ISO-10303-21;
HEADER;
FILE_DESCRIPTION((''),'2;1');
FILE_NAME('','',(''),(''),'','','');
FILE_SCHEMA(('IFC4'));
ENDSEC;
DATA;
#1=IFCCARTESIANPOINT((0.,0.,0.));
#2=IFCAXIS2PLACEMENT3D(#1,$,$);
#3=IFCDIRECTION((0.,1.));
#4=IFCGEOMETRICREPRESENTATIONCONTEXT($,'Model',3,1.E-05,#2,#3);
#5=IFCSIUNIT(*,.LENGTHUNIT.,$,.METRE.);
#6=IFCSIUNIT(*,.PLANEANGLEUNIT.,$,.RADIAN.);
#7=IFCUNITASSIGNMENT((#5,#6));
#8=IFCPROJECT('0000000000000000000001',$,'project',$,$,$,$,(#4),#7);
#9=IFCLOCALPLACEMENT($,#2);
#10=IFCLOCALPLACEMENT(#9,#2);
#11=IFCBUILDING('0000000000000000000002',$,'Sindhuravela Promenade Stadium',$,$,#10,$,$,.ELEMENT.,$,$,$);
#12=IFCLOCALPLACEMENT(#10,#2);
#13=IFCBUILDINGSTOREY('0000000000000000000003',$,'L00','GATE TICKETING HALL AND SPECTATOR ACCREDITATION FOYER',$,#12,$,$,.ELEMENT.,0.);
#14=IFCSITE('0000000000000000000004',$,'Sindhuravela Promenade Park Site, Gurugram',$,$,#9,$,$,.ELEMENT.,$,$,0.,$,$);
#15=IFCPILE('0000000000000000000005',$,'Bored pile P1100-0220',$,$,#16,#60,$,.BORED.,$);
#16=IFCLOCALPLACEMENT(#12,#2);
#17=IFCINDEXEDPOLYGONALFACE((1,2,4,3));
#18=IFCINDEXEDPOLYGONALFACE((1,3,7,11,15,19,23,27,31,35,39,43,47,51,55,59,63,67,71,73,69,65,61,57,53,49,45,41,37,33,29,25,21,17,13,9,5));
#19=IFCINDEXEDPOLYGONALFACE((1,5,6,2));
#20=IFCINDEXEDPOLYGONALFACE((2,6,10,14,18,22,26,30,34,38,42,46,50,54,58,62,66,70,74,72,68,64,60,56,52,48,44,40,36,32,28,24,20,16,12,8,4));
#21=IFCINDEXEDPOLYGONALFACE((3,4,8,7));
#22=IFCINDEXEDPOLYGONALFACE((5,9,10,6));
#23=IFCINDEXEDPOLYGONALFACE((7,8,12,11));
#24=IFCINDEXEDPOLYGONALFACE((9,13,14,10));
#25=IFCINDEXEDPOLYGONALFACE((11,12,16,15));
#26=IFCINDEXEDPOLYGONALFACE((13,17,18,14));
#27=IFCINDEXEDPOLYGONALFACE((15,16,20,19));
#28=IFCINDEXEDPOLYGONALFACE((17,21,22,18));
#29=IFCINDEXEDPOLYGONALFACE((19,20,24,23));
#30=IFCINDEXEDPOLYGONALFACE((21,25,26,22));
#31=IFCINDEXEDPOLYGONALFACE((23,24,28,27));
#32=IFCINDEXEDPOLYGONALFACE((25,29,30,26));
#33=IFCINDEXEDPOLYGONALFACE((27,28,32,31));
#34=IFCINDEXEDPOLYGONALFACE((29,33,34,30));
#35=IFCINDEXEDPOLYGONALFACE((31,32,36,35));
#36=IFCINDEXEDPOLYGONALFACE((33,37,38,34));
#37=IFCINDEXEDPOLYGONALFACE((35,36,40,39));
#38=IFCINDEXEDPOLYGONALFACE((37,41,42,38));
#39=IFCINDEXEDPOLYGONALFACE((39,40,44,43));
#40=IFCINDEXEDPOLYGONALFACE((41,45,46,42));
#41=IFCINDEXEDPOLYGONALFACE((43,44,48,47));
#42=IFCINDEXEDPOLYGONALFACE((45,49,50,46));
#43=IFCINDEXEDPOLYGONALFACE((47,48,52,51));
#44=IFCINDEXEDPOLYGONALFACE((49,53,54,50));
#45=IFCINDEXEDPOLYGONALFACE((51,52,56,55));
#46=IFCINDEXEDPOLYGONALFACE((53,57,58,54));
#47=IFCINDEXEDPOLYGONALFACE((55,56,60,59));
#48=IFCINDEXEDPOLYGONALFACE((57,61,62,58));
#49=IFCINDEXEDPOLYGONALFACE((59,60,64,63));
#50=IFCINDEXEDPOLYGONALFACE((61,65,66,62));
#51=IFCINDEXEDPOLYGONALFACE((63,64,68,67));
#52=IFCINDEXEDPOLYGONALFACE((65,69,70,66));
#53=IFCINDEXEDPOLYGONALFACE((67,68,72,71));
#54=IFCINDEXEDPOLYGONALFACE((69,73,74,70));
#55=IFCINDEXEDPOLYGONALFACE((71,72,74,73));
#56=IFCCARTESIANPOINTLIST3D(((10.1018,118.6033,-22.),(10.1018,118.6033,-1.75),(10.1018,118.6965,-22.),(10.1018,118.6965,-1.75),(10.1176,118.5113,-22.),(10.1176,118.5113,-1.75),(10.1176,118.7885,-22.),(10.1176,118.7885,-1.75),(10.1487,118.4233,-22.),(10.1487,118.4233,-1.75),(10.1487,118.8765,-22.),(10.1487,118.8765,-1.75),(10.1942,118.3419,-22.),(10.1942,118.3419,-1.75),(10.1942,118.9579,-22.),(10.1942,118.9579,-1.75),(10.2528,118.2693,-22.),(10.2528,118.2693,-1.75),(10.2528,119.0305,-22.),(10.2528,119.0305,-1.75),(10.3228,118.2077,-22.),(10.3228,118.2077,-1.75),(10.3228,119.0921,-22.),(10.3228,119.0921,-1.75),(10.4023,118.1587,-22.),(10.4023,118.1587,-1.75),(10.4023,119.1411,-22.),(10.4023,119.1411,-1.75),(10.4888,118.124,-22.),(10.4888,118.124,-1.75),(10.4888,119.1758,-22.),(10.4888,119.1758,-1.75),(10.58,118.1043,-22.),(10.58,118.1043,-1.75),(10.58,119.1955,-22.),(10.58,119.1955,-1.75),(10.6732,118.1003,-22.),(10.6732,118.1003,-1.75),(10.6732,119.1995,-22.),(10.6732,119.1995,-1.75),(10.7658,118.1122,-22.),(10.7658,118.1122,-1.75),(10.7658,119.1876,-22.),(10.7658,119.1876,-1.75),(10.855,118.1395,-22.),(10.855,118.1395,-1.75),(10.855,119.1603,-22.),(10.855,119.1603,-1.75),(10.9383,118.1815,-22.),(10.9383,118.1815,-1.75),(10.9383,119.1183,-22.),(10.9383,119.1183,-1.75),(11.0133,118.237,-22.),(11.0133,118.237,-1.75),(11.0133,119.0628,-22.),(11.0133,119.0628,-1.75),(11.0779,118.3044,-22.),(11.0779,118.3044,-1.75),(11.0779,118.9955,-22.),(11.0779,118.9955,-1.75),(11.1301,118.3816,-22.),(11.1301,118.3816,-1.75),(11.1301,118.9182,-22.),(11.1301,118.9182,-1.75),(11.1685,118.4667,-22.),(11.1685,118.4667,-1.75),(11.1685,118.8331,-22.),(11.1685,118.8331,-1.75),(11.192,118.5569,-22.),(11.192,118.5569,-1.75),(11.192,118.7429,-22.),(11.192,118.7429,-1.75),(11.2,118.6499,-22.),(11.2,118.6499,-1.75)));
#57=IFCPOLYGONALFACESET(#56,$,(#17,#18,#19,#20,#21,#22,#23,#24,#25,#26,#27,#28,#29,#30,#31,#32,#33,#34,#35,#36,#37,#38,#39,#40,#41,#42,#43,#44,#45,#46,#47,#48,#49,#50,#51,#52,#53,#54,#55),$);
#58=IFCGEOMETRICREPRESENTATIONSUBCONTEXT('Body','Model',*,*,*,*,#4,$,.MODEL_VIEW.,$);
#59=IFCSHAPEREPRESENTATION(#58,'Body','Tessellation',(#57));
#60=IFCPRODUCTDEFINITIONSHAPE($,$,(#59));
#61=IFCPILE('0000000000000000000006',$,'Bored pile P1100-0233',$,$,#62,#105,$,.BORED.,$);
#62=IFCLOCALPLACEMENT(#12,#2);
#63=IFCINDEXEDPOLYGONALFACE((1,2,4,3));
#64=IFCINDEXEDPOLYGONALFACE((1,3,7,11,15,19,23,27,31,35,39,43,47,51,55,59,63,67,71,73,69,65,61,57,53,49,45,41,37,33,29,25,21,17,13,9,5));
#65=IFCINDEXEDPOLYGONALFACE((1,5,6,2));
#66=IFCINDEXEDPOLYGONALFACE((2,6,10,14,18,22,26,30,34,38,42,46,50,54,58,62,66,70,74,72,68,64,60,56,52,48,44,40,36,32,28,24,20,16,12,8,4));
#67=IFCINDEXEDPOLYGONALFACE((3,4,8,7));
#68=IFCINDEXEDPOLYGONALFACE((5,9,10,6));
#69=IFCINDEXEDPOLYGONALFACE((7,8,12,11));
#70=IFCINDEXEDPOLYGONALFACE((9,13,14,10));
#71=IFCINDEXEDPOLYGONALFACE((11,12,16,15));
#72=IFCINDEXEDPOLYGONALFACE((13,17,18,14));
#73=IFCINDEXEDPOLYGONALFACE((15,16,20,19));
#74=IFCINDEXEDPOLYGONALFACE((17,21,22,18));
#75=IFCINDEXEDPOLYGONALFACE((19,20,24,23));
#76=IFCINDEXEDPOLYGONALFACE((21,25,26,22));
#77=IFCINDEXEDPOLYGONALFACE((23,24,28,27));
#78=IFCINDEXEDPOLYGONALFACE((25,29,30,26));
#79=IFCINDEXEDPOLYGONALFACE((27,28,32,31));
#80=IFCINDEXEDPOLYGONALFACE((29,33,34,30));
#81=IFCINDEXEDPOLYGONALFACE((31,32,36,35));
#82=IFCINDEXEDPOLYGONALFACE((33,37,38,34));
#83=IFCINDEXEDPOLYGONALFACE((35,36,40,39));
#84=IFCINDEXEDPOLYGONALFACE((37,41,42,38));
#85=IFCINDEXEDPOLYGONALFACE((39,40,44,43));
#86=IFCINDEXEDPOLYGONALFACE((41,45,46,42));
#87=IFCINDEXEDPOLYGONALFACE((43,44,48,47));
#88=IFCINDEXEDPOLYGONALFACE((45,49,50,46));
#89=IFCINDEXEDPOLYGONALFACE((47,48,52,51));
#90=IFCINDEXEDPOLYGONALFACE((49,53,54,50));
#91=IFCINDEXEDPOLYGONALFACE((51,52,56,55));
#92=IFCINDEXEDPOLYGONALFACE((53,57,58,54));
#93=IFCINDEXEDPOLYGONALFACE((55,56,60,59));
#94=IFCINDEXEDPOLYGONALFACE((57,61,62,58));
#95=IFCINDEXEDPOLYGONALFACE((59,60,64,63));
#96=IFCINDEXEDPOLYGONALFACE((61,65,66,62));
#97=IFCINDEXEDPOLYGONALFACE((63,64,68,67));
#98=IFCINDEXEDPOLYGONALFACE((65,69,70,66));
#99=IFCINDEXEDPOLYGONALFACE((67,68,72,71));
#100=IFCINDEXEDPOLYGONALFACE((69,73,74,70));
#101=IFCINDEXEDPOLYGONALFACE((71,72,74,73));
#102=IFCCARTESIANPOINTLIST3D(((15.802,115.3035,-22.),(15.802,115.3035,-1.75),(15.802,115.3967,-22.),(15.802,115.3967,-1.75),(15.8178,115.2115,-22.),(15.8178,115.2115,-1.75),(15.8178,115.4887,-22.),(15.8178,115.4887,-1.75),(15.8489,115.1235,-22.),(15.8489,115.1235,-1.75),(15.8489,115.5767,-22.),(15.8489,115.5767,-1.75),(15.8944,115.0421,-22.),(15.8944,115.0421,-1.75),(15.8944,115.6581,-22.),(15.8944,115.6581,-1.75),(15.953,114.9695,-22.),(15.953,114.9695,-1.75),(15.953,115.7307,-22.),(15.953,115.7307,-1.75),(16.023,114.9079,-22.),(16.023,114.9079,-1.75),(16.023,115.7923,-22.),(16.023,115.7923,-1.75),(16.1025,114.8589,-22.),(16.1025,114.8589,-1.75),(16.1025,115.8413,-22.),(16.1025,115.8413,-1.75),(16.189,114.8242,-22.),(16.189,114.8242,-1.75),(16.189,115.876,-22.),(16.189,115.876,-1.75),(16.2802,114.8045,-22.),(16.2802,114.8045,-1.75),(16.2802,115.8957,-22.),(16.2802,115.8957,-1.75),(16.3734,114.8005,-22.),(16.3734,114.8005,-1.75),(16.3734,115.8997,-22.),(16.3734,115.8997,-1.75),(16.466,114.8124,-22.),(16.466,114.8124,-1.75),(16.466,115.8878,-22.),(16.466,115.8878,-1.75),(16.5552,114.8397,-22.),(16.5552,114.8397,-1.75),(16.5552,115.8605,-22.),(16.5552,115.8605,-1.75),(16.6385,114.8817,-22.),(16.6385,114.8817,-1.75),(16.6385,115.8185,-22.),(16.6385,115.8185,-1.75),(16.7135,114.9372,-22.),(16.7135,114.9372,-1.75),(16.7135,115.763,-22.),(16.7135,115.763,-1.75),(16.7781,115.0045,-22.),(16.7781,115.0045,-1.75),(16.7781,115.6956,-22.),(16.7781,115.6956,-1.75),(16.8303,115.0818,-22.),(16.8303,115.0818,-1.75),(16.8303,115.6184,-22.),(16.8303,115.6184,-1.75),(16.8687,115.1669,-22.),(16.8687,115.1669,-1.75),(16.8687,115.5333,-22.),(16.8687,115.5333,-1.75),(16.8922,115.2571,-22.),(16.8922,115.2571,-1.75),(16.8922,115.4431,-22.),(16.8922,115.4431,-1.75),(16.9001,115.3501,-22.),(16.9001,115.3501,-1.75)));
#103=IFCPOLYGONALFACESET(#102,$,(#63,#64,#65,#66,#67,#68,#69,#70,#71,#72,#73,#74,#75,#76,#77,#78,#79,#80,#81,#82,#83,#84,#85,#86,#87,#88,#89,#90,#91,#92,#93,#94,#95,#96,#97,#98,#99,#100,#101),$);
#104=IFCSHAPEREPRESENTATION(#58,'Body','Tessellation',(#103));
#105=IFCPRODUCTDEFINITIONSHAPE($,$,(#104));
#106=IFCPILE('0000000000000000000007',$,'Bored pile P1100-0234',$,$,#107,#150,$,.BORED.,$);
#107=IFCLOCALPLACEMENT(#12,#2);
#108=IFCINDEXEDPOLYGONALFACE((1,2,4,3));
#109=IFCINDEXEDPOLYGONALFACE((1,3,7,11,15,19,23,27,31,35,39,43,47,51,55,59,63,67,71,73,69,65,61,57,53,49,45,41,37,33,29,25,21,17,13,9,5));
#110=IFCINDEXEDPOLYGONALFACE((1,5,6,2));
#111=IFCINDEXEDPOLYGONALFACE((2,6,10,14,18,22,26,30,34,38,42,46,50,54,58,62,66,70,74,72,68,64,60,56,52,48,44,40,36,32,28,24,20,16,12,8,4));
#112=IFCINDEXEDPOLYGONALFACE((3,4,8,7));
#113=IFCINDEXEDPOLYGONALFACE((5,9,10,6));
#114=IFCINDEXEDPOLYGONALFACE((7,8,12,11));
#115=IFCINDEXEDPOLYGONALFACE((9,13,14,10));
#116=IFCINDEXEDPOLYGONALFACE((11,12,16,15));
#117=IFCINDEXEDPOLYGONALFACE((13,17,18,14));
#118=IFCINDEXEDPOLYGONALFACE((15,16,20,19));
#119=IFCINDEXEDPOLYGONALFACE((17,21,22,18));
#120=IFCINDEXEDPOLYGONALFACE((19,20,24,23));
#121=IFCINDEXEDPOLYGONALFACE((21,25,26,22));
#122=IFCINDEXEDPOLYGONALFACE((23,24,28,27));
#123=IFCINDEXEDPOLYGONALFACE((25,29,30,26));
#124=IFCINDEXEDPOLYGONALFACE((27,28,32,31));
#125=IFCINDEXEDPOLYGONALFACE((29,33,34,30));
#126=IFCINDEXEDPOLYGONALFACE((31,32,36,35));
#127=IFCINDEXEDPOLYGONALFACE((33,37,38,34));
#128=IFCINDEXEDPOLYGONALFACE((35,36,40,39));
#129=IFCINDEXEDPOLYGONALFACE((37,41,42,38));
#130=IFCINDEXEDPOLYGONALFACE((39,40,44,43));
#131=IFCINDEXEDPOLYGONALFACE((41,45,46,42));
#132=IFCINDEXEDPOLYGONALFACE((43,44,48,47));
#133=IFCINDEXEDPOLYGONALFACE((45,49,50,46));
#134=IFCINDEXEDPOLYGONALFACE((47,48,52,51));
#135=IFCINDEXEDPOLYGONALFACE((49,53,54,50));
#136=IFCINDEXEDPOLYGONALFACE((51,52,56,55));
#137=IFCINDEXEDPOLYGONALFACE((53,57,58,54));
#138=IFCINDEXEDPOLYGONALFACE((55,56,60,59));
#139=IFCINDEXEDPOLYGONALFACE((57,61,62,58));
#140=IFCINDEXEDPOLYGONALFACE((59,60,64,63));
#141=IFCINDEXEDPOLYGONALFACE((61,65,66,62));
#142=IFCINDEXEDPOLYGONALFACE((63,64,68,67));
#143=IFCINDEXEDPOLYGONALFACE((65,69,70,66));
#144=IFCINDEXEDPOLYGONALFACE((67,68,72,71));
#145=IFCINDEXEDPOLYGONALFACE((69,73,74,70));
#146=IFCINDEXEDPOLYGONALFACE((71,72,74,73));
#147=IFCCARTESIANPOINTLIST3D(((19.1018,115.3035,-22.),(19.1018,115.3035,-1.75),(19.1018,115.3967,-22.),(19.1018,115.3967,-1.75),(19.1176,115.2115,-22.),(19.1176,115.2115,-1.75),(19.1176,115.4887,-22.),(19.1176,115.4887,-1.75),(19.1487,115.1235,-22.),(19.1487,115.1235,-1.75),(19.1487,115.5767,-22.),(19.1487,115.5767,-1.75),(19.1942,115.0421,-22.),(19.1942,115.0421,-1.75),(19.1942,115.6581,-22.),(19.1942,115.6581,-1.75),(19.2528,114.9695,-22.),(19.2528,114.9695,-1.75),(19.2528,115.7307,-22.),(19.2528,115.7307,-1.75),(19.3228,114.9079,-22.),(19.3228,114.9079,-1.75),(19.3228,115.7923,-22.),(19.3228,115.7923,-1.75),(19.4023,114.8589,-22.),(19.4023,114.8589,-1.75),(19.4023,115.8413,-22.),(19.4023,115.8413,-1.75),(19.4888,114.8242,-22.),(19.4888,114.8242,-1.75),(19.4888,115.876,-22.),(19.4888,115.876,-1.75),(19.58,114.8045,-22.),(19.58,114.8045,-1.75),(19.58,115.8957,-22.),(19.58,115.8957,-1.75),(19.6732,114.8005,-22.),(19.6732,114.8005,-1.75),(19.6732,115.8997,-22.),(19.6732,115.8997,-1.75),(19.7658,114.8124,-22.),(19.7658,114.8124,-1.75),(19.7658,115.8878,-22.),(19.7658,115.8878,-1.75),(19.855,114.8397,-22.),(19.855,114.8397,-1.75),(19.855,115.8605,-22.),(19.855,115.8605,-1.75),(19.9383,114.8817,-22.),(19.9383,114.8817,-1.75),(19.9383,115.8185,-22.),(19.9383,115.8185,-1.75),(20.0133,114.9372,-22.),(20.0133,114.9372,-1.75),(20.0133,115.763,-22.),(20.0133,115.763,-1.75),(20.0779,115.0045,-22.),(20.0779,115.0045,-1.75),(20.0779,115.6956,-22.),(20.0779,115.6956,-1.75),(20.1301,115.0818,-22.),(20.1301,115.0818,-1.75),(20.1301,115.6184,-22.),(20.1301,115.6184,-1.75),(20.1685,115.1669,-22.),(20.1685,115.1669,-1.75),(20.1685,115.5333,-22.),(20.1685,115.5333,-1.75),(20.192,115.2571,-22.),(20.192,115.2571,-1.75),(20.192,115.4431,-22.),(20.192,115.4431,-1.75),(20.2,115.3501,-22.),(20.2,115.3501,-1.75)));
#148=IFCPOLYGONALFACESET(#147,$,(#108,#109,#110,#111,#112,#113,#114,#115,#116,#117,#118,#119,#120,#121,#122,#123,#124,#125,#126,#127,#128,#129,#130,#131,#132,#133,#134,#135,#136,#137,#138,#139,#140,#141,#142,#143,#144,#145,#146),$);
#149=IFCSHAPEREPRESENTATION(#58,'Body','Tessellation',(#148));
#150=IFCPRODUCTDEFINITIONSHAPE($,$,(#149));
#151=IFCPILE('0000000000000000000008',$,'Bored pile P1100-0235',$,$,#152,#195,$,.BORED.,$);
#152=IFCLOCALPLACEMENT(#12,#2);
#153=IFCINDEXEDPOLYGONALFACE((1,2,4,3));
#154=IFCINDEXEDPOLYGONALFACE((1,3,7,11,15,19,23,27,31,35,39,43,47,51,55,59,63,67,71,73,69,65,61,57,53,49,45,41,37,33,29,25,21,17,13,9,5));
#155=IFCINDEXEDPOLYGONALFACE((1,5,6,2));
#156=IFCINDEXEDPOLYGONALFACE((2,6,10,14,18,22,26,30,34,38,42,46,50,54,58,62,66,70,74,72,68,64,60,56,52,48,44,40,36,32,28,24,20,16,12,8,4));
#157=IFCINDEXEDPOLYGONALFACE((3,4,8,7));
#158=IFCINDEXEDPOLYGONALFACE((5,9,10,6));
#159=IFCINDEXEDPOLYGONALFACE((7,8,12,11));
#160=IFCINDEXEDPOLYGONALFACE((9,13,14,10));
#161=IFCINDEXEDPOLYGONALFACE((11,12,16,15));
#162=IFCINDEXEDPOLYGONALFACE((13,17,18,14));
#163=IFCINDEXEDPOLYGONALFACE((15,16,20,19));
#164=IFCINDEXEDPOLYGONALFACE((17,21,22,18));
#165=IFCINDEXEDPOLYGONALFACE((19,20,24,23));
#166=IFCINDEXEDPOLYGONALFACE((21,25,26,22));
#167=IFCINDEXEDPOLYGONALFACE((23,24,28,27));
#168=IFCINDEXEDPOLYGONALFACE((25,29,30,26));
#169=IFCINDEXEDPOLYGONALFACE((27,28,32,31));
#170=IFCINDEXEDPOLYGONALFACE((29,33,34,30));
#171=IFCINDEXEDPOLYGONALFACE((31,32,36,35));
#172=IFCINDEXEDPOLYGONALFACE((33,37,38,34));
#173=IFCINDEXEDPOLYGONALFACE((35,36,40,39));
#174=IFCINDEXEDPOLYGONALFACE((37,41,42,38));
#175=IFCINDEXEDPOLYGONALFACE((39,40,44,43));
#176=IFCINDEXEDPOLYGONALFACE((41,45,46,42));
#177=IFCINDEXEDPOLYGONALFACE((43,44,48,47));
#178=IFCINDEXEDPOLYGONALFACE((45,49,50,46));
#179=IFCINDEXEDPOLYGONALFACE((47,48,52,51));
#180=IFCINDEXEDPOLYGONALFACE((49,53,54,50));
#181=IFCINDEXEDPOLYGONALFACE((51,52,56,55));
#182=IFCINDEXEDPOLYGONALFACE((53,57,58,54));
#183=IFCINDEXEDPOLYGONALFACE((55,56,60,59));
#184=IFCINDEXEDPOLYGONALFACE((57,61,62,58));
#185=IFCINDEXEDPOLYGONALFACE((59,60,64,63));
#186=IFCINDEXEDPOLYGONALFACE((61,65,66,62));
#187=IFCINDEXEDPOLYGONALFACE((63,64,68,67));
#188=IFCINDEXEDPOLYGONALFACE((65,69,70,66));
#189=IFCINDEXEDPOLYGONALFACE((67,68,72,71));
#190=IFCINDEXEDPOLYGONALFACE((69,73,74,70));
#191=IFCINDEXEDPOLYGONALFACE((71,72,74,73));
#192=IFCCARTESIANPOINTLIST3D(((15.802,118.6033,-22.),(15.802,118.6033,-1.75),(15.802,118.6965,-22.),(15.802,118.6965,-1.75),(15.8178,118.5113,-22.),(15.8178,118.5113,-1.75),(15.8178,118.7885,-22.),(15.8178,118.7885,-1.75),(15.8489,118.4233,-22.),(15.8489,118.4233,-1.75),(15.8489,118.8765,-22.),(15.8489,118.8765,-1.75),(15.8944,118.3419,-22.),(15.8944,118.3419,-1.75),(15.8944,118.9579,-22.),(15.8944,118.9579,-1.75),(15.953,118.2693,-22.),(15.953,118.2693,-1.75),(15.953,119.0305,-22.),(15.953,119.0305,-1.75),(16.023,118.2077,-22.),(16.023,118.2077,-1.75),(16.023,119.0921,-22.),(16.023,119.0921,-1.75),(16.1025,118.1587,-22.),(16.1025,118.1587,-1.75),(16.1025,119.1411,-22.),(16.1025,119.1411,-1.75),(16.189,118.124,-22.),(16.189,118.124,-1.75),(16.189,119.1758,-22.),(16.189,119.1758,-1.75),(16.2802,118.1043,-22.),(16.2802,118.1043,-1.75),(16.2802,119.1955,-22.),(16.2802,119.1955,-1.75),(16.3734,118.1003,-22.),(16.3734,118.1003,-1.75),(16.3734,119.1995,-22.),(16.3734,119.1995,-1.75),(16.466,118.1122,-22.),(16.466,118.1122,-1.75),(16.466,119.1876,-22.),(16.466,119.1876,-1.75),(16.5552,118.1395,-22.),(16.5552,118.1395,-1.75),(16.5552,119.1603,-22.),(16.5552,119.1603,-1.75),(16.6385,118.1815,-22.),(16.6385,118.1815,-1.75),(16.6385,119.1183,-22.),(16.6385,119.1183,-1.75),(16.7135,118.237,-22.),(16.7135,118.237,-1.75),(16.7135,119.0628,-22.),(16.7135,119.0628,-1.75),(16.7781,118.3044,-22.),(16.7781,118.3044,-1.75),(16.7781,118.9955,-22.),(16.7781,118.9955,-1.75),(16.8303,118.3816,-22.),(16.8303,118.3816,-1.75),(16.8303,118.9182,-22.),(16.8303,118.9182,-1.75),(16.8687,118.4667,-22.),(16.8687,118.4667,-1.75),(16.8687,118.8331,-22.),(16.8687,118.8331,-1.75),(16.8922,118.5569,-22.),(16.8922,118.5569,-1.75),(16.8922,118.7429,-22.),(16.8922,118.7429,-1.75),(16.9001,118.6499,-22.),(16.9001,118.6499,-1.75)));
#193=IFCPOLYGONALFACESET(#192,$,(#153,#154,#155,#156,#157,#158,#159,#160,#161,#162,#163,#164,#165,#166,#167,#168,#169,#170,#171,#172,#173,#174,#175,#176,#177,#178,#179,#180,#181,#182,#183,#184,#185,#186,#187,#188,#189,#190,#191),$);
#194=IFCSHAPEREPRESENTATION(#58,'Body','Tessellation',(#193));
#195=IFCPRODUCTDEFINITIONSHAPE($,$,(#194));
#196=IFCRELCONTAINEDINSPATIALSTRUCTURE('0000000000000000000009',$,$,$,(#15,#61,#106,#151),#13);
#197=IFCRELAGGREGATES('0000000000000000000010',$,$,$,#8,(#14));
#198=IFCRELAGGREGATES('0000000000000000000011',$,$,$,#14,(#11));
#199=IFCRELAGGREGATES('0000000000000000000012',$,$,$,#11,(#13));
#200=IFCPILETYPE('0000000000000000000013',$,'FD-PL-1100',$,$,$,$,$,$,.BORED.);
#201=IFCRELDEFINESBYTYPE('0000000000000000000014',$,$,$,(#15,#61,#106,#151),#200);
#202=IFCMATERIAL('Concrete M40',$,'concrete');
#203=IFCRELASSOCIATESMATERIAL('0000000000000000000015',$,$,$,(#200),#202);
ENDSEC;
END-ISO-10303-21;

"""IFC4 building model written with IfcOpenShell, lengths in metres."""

from ifc_helpers import new_model, si_unit, direction, frame, origin, origin_2d, place, context, subcontext, project, spatial, circle, extrude, material, material_profile, profile_set, type_object, element, save


model = new_model("IFC4")

# Units and contexts
model_context = context("Model", 3, precision=1e-05, world=origin(), true_north=direction((0.0, 1.0)))
body_context = subcontext(model_context, "Body", "Model", "MODEL_VIEW")
ifc_project = project(units=[si_unit("LENGTHUNIT", "METRE"), si_unit("PLANEANGLEUNIT", "RADIAN")], contexts=[model_context])

# Site, building, storey
site_placement = place(None, origin())
site = spatial("IfcSite", under=ifc_project, at=site_placement, Name="Sindhuravela Promenade Park Site, Gurugram", CompositionType="ELEMENT", RefElevation=0.0)
building_placement = place(site_placement, origin())
building = spatial("IfcBuilding", under=site, at=building_placement, Name="Sindhuravela Promenade Stadium", CompositionType="ELEMENT")
storey_placement = place(building_placement, origin())
storey = spatial("IfcBuildingStorey", under=building, at=storey_placement, Name="L00", Description="GATE TICKETING HALL AND SPECTATOR ACCREDITATION FOYER", CompositionType="ELEMENT", Elevation=0.0)

# Piles
ifc_material_1 = material(Name="Concrete M40", Category="concrete")
ifc_material_profile_1 = material_profile(ifc_material_1, circle(Radius=0.55, at=origin_2d()), Name="BORED PILE D1100")
ifc_profile_set_1 = profile_set([ifc_material_profile_1], Name="Concrete M40")
pile_type_1 = type_object("IfcPileType", Name="FD-PL-1100", PredefinedType="BORED", material=ifc_profile_set_1)
for number, where, z_axis, x_axis, name in (
    (1, (10.6499, 118.6499, -1.75), (0.0, 0.0, -1.0), (1.0, 0.0, 0.0), "Bored pile P1100-0220"),
    (2, (16.3501, 115.3501, -1.75), (0.0, 0.0, -1.0), (1.0, 0.0, 0.0), "Bored pile P1100-0233"),
    (3, (19.6499, 115.3501, -1.75), (0.0, 0.0, -1.0), (1.0, 0.0, 0.0), "Bored pile P1100-0234"),
    (4, (16.3501, 118.6499, -1.75), (0.0, 0.0, -1.0), (1.0, 0.0, 0.0), "Bored pile P1100-0235"),
):
    element("IfcPile", number, at=place(storey_placement, frame(where, z_axis=z_axis, x_axis=x_axis)), inside=storey, type_object=pile_type_1, Name=name, PredefinedType="BORED", context=body_context, shape_type="SweptSolid", body=[
        extrude(circle(Radius=0.55, at=origin_2d()), origin(), (0.0, 0.0, 1.0), 20.25),
    ])

save(model, "model.ifc")
